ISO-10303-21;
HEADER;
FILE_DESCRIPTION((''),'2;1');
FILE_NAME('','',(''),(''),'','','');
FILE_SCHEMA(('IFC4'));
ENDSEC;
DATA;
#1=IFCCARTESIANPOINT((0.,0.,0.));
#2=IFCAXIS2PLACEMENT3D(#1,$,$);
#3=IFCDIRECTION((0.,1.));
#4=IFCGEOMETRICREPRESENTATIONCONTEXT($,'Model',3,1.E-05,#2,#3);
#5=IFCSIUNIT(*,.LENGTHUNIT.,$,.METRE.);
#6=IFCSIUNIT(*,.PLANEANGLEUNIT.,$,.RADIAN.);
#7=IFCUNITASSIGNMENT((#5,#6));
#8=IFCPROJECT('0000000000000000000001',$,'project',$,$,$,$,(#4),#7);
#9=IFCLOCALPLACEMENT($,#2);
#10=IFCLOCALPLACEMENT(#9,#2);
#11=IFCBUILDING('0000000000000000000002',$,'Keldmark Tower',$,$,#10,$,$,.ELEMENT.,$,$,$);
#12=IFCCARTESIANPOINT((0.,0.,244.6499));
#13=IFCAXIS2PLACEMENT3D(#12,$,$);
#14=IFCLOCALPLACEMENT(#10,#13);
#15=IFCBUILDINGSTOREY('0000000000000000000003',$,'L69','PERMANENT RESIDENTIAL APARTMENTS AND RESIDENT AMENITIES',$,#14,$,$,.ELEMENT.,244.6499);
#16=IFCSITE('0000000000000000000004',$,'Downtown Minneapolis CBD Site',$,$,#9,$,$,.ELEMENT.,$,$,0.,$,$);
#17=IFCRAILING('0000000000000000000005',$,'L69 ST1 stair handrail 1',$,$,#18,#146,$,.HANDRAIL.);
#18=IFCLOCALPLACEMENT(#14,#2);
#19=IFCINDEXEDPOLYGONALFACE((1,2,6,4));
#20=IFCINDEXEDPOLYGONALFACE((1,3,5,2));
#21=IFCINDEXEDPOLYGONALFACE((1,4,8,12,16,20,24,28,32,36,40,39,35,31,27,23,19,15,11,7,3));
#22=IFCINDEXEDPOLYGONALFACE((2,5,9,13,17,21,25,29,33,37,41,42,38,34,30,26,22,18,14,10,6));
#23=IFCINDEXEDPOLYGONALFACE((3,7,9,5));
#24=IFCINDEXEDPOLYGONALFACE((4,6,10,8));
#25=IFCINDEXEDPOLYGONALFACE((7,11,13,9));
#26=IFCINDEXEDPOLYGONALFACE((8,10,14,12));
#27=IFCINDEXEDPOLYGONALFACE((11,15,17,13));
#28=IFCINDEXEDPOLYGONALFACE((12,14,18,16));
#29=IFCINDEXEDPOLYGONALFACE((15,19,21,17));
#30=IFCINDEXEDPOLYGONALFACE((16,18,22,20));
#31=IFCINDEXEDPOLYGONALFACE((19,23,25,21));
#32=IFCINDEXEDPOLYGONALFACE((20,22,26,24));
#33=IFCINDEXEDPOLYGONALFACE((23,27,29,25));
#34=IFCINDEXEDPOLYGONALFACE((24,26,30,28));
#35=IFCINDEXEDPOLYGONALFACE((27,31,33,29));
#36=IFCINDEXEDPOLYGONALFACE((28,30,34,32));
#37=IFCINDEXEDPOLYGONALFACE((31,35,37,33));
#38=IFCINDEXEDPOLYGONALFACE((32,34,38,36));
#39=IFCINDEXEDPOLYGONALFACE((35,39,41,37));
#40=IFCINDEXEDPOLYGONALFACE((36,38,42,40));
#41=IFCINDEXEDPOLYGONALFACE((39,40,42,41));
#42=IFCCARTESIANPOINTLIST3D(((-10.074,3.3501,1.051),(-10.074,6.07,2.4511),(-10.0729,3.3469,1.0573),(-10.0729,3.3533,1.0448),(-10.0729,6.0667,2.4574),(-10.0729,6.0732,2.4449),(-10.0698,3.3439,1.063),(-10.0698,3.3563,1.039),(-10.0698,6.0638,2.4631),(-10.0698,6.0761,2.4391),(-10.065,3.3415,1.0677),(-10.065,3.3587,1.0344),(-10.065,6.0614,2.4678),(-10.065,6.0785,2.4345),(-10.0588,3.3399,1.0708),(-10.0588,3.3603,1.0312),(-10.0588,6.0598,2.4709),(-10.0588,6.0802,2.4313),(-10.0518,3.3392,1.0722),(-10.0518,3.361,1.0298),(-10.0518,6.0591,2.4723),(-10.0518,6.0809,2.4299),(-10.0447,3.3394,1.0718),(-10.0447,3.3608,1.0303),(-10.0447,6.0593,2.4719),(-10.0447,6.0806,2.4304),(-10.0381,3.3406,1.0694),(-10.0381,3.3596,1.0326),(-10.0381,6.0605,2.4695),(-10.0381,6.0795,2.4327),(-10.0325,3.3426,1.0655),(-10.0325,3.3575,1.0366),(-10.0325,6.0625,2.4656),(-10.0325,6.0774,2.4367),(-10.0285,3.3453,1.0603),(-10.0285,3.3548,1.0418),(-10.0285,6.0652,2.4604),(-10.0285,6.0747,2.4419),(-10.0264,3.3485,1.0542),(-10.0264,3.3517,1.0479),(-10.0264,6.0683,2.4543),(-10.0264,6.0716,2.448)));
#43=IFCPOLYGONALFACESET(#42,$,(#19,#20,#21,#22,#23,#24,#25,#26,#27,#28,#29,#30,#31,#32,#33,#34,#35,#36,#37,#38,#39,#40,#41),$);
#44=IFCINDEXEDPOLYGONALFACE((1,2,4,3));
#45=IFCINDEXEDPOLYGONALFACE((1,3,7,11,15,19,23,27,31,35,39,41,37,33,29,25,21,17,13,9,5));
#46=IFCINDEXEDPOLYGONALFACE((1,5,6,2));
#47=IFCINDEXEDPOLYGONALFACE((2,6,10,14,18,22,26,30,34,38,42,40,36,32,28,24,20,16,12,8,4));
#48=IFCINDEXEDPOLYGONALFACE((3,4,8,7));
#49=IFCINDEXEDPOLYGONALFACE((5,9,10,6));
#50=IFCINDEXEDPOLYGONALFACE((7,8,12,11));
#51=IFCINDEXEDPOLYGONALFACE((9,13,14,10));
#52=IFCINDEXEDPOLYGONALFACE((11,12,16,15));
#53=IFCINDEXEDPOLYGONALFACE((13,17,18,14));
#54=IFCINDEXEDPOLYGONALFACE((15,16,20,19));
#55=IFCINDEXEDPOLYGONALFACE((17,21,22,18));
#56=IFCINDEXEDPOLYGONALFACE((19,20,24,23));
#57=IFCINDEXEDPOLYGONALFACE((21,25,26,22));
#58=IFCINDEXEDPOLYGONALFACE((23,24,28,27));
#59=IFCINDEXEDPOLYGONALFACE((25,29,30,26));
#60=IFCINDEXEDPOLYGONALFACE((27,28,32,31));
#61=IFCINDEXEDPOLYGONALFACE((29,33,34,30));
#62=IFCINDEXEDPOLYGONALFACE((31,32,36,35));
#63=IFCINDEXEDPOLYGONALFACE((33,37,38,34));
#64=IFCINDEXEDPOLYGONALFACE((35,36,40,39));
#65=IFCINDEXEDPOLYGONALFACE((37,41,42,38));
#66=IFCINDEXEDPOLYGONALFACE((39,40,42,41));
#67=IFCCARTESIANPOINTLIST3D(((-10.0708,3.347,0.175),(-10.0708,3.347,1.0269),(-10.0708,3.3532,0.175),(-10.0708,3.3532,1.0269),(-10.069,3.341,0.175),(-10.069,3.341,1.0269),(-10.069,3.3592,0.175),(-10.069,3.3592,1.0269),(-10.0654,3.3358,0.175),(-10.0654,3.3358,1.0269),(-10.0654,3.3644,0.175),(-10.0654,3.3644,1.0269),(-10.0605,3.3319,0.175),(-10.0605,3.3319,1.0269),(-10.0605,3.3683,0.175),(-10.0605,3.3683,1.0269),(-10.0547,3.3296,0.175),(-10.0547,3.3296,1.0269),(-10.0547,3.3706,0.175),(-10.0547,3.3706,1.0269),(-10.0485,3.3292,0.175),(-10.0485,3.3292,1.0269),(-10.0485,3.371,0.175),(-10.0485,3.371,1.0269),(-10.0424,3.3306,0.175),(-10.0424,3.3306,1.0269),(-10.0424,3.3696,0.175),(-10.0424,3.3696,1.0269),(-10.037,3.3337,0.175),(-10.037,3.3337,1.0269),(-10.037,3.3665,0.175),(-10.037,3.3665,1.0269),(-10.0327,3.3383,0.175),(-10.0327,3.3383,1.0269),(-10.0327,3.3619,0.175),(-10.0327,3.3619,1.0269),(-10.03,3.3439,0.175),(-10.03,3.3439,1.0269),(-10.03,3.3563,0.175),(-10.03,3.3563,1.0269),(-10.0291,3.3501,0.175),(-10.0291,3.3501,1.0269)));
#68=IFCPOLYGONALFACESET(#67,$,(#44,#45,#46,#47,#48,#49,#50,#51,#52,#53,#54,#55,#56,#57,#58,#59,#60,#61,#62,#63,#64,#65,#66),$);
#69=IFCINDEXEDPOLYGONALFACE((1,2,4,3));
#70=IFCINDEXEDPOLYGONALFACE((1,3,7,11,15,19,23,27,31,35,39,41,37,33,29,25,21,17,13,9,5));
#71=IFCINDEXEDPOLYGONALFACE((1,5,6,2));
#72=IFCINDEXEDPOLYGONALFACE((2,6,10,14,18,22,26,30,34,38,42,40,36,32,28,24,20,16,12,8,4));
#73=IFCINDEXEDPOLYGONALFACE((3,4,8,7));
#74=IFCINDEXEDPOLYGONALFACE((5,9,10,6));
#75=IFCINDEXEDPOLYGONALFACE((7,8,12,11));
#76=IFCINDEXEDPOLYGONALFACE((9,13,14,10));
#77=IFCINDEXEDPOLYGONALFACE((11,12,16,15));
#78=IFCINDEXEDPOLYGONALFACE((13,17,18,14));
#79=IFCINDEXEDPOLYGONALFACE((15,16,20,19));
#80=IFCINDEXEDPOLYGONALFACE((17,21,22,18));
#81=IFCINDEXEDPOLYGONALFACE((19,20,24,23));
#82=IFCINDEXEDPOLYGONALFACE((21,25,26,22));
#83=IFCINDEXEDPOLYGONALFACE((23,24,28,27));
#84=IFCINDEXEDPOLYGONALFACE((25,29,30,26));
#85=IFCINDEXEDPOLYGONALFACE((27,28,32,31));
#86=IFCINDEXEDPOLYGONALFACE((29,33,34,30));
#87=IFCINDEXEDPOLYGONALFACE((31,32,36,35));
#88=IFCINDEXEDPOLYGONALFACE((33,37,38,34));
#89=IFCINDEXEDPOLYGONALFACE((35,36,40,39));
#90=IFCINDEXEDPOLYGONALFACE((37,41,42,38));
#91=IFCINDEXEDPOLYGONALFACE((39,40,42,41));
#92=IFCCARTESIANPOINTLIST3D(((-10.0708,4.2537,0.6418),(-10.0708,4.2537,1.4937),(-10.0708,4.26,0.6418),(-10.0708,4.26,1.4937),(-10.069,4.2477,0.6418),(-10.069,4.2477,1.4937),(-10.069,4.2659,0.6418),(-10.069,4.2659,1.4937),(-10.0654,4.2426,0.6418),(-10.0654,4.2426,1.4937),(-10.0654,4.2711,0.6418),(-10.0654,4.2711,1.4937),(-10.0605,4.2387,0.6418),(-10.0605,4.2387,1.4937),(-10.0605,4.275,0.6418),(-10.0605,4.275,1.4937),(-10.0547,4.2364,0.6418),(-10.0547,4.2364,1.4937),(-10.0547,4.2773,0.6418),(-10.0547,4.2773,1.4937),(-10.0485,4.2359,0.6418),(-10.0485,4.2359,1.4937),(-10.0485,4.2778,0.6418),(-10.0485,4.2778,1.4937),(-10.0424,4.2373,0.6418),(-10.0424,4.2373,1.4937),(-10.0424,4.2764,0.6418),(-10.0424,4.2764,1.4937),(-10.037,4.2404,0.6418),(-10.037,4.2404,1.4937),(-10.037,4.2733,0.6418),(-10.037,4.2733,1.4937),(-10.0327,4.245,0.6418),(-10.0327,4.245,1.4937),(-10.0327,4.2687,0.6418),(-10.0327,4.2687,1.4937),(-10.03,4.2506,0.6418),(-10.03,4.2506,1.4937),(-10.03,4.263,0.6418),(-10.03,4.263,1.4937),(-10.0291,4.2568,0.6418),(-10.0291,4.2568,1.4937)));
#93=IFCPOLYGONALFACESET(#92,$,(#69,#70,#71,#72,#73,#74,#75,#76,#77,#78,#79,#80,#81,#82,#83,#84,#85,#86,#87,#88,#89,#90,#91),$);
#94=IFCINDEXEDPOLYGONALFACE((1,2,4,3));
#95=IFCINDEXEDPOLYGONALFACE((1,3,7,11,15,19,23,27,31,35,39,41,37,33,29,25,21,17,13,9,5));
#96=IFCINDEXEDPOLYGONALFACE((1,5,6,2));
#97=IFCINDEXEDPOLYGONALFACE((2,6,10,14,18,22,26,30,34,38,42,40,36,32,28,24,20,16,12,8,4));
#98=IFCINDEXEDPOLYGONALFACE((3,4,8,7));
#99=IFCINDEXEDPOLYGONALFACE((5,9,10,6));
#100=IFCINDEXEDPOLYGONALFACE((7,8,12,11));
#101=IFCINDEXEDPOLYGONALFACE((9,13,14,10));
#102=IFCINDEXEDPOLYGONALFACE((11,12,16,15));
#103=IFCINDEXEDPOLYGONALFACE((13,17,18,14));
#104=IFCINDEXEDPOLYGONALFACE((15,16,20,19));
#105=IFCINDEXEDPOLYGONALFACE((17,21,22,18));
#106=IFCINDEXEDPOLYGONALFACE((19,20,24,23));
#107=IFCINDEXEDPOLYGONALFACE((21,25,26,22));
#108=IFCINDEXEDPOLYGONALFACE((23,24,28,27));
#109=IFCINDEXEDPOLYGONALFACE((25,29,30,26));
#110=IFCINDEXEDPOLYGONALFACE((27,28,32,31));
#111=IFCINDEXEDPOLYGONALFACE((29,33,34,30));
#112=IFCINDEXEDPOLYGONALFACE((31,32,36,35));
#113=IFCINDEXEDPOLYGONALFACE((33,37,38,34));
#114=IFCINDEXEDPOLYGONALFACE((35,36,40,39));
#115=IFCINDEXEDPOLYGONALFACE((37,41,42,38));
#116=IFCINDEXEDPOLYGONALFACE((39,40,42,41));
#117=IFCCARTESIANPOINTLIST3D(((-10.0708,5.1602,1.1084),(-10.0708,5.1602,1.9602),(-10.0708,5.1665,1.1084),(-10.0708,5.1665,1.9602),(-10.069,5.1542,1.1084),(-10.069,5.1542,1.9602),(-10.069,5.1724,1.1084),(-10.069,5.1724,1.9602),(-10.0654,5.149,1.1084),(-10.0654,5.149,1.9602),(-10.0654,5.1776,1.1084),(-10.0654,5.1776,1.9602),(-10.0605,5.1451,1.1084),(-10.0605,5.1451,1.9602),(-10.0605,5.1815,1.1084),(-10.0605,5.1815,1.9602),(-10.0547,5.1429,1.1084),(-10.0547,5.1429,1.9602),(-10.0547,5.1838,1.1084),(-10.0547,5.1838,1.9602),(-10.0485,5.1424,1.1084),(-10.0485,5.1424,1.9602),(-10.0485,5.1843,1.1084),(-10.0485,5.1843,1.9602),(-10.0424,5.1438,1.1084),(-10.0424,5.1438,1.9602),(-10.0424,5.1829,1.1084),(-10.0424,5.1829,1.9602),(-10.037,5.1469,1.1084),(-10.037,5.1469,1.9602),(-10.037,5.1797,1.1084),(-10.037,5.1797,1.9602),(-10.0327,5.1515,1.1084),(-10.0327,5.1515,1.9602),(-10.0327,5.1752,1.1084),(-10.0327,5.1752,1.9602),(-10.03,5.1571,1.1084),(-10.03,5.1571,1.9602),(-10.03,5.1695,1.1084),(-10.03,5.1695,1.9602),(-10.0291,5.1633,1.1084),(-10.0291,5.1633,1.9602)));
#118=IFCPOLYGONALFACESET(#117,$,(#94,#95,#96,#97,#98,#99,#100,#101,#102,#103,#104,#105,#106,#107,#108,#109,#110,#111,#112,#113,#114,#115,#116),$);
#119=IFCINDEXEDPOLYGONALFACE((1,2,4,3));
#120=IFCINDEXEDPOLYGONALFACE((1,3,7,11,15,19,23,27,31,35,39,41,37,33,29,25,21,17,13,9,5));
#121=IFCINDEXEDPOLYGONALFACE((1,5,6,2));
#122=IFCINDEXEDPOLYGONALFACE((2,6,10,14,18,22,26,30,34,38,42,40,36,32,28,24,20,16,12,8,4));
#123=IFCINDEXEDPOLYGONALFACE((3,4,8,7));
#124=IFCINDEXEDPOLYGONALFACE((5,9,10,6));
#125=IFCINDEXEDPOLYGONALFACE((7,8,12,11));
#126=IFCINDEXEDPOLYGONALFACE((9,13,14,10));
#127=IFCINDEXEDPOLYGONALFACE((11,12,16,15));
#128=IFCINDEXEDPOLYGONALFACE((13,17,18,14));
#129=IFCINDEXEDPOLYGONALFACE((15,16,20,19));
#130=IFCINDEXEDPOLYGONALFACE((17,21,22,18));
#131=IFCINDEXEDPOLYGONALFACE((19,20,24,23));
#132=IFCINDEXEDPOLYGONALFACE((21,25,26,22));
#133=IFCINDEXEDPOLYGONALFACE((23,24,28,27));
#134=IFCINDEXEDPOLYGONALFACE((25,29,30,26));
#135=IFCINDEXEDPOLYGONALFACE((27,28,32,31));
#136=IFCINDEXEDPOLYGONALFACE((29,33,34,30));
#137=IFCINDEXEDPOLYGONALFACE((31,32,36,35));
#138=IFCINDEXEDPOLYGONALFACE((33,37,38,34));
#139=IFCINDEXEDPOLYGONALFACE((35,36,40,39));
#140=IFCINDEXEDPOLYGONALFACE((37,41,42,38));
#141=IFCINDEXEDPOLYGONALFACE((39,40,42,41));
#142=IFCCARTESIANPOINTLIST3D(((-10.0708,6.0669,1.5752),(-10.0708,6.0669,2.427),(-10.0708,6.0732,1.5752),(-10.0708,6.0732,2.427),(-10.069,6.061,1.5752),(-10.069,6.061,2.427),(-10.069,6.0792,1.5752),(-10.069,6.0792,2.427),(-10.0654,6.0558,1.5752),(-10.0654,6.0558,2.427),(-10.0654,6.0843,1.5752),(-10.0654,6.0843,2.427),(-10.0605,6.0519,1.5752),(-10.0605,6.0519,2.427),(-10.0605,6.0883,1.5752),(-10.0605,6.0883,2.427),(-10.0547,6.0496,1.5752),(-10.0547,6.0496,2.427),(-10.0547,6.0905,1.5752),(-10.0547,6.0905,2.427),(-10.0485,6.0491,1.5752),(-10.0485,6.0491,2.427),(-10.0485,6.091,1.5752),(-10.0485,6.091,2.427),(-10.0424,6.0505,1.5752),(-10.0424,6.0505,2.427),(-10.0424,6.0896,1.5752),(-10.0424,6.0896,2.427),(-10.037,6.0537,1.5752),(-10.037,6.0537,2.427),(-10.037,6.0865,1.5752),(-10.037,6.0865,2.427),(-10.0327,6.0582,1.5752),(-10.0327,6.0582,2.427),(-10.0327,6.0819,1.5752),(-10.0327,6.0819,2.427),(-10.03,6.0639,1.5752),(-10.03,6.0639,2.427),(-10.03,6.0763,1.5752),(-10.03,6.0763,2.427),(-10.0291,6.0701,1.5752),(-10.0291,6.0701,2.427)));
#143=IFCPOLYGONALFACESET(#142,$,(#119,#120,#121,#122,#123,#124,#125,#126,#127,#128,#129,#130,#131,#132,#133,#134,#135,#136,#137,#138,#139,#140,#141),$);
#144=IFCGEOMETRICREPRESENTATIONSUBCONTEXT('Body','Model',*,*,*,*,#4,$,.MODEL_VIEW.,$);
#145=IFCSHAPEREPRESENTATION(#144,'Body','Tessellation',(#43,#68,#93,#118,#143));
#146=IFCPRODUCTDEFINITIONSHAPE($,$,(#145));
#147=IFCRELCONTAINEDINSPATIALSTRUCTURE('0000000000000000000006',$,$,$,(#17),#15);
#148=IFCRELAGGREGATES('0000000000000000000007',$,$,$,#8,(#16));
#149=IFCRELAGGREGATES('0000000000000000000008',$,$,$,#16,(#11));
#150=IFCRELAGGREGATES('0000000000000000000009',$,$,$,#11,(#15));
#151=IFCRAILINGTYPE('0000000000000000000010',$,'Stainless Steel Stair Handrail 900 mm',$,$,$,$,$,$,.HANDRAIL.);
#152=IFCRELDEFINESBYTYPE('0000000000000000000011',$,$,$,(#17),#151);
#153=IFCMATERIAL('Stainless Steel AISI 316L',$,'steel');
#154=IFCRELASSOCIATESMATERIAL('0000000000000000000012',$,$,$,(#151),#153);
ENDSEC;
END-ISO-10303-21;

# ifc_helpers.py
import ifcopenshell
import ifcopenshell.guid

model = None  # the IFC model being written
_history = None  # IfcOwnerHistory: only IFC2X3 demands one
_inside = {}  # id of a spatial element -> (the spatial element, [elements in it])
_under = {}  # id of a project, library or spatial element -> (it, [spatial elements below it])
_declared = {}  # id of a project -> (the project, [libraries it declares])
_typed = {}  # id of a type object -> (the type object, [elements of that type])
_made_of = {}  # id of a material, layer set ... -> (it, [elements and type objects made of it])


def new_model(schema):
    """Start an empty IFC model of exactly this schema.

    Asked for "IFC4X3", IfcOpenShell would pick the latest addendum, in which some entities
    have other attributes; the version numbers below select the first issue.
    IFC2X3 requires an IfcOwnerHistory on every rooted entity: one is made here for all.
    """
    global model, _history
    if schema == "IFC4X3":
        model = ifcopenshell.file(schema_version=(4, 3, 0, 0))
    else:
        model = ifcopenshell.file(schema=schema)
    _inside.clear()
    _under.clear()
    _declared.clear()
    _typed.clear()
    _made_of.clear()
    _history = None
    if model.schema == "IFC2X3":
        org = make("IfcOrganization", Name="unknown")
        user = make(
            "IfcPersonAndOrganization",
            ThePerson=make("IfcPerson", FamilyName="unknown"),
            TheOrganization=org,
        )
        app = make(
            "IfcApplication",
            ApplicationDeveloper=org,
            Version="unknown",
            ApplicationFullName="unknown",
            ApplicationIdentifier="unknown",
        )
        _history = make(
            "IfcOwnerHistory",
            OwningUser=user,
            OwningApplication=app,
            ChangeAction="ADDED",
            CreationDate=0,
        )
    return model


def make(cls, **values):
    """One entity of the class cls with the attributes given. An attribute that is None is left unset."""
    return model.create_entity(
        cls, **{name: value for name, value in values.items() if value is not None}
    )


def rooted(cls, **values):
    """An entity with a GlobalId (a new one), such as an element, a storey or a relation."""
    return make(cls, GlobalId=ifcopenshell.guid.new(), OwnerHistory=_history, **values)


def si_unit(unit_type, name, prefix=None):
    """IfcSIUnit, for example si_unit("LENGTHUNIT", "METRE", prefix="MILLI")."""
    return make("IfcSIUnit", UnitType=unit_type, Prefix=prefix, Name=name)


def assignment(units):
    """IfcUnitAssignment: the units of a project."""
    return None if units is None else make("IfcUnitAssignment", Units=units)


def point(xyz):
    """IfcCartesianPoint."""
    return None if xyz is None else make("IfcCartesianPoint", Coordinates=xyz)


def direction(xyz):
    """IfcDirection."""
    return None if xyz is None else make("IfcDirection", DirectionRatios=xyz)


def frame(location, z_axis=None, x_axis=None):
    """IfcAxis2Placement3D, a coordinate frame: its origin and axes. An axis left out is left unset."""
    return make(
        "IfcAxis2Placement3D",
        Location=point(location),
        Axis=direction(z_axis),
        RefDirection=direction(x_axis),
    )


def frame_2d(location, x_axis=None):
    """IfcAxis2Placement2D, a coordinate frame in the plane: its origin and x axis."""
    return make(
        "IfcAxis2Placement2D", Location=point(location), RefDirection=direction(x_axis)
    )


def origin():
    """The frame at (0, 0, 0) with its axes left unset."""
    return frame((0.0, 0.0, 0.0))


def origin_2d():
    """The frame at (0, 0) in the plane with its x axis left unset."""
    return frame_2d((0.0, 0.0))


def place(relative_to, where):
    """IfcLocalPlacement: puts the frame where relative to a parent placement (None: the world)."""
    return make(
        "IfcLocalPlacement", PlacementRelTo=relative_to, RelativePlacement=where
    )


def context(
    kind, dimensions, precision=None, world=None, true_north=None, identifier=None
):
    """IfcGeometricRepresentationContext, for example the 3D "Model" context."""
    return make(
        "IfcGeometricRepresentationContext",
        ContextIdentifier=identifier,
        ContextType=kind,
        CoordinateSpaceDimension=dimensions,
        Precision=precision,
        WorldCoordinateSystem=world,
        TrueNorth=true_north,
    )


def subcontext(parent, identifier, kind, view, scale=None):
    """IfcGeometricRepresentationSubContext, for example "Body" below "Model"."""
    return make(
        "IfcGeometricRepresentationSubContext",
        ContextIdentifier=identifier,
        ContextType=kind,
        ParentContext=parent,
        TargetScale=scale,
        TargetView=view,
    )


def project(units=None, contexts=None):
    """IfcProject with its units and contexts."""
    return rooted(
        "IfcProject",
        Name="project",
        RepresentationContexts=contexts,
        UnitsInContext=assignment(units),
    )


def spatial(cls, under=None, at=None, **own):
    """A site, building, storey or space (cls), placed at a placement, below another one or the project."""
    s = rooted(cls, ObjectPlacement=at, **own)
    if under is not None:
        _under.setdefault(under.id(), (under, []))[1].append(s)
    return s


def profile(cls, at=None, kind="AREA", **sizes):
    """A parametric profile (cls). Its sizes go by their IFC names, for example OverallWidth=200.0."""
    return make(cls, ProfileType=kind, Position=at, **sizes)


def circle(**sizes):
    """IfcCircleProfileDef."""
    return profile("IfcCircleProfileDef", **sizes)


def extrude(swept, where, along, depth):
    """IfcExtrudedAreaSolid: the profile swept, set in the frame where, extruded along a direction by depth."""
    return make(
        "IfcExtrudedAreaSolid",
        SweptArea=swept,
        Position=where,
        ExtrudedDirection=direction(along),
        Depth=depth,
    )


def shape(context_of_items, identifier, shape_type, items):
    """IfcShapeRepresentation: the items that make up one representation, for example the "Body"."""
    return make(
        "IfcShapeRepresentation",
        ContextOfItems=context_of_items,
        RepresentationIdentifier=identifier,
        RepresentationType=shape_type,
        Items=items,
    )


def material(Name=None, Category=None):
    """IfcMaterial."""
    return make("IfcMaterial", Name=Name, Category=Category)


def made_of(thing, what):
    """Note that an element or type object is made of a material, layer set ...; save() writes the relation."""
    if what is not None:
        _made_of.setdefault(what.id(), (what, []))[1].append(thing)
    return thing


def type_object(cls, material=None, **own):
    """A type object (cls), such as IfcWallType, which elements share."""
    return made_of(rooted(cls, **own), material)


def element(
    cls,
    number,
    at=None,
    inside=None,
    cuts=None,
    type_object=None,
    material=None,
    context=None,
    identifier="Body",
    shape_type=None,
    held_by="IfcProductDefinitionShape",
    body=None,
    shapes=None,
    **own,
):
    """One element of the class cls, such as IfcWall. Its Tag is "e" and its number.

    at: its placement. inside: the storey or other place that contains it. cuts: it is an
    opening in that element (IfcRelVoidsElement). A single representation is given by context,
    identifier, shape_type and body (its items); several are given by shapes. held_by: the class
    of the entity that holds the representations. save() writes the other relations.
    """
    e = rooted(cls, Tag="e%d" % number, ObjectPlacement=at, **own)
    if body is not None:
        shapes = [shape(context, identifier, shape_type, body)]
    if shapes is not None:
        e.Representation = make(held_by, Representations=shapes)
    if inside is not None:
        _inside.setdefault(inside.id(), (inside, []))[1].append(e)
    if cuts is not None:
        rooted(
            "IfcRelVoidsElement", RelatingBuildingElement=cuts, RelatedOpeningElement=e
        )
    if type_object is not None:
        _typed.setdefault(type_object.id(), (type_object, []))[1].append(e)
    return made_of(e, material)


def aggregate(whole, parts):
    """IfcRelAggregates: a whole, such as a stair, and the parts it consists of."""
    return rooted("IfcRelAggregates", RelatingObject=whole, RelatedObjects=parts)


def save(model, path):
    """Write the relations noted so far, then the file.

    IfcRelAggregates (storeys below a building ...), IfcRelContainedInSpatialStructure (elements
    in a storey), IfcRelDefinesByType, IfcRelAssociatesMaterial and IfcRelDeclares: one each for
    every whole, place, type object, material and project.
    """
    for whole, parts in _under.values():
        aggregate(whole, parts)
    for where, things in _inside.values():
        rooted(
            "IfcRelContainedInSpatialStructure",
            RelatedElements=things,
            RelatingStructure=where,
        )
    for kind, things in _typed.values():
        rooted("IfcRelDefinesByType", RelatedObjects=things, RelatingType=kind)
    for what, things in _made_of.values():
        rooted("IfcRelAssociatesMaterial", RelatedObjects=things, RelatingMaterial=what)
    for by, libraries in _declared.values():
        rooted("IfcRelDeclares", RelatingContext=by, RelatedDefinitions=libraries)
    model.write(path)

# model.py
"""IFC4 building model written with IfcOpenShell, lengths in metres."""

from ifc_helpers import new_model, si_unit, direction, frame, origin, origin_2d, place, context, subcontext, project, spatial, circle, extrude, material, type_object, element, save


model = new_model("IFC4")

# Units and contexts
model_context = context("Model", 3, precision=1e-05, world=origin(), true_north=direction((0.0, 1.0)))
body_context = subcontext(model_context, "Body", "Model", "MODEL_VIEW")
ifc_project = project(units=[si_unit("LENGTHUNIT", "METRE"), si_unit("PLANEANGLEUNIT", "RADIAN")], contexts=[model_context])

# Site, building, storey
site_placement = place(None, origin())
site = spatial("IfcSite", under=ifc_project, at=site_placement, Name="Downtown Minneapolis CBD Site", CompositionType="ELEMENT", RefElevation=0.0)
building_placement = place(site_placement, origin())
building = spatial("IfcBuilding", under=site, at=building_placement, Name="Keldmark Tower", CompositionType="ELEMENT")
storey_placement = place(building_placement, frame((0.0, 0.0, 244.6499)))
storey = spatial("IfcBuildingStorey", under=building, at=storey_placement, Name="L69", Description="PERMANENT RESIDENTIAL APARTMENTS AND RESIDENT AMENITIES", CompositionType="ELEMENT", Elevation=244.6499)

# Railing
ifc_material_1 = material(Name="Stainless Steel AISI 316L", Category="steel")
railing_type_1 = type_object("IfcRailingType", Name="Stainless Steel Stair Handrail 900 mm", PredefinedType="HANDRAIL", material=ifc_material_1)
railing_1_placement = place(storey_placement, frame((-10.05, 3.3501, 0.175)))
element("IfcRailing", 1, at=railing_1_placement, inside=storey, type_object=railing_type_1, Name="L69 ST1 stair handrail 1", PredefinedType="HANDRAIL", context=body_context, shape_type="SweptSolid", body=[
    extrude(circle(Radius=0.0239, at=origin_2d()), frame((0.0, 0.0, 0.876), z_axis=(0.0, 0.889114, 0.457685), x_axis=(-1.0, 0.0, 0.0)), (0.0, 0.0, 1.0), 3.0591),
    extrude(circle(Radius=0.021, at=origin_2d()), origin(), (0.0, 0.0, 1.0), 0.8518),
    extrude(circle(Radius=0.021, at=origin_2d()), frame((0.0, 0.9067, 0.4668)), (0.0, 0.0, 1.0), 0.8518),
    extrude(circle(Radius=0.021, at=origin_2d()), frame((0.0, 1.8132, 0.9333)), (0.0, 0.0, 1.0), 0.8518),
    extrude(circle(Radius=0.021, at=origin_2d()), frame((0.0, 2.72, 1.4001)), (0.0, 0.0, 1.0), 0.8518),
])

save(model, "model.ifc")
